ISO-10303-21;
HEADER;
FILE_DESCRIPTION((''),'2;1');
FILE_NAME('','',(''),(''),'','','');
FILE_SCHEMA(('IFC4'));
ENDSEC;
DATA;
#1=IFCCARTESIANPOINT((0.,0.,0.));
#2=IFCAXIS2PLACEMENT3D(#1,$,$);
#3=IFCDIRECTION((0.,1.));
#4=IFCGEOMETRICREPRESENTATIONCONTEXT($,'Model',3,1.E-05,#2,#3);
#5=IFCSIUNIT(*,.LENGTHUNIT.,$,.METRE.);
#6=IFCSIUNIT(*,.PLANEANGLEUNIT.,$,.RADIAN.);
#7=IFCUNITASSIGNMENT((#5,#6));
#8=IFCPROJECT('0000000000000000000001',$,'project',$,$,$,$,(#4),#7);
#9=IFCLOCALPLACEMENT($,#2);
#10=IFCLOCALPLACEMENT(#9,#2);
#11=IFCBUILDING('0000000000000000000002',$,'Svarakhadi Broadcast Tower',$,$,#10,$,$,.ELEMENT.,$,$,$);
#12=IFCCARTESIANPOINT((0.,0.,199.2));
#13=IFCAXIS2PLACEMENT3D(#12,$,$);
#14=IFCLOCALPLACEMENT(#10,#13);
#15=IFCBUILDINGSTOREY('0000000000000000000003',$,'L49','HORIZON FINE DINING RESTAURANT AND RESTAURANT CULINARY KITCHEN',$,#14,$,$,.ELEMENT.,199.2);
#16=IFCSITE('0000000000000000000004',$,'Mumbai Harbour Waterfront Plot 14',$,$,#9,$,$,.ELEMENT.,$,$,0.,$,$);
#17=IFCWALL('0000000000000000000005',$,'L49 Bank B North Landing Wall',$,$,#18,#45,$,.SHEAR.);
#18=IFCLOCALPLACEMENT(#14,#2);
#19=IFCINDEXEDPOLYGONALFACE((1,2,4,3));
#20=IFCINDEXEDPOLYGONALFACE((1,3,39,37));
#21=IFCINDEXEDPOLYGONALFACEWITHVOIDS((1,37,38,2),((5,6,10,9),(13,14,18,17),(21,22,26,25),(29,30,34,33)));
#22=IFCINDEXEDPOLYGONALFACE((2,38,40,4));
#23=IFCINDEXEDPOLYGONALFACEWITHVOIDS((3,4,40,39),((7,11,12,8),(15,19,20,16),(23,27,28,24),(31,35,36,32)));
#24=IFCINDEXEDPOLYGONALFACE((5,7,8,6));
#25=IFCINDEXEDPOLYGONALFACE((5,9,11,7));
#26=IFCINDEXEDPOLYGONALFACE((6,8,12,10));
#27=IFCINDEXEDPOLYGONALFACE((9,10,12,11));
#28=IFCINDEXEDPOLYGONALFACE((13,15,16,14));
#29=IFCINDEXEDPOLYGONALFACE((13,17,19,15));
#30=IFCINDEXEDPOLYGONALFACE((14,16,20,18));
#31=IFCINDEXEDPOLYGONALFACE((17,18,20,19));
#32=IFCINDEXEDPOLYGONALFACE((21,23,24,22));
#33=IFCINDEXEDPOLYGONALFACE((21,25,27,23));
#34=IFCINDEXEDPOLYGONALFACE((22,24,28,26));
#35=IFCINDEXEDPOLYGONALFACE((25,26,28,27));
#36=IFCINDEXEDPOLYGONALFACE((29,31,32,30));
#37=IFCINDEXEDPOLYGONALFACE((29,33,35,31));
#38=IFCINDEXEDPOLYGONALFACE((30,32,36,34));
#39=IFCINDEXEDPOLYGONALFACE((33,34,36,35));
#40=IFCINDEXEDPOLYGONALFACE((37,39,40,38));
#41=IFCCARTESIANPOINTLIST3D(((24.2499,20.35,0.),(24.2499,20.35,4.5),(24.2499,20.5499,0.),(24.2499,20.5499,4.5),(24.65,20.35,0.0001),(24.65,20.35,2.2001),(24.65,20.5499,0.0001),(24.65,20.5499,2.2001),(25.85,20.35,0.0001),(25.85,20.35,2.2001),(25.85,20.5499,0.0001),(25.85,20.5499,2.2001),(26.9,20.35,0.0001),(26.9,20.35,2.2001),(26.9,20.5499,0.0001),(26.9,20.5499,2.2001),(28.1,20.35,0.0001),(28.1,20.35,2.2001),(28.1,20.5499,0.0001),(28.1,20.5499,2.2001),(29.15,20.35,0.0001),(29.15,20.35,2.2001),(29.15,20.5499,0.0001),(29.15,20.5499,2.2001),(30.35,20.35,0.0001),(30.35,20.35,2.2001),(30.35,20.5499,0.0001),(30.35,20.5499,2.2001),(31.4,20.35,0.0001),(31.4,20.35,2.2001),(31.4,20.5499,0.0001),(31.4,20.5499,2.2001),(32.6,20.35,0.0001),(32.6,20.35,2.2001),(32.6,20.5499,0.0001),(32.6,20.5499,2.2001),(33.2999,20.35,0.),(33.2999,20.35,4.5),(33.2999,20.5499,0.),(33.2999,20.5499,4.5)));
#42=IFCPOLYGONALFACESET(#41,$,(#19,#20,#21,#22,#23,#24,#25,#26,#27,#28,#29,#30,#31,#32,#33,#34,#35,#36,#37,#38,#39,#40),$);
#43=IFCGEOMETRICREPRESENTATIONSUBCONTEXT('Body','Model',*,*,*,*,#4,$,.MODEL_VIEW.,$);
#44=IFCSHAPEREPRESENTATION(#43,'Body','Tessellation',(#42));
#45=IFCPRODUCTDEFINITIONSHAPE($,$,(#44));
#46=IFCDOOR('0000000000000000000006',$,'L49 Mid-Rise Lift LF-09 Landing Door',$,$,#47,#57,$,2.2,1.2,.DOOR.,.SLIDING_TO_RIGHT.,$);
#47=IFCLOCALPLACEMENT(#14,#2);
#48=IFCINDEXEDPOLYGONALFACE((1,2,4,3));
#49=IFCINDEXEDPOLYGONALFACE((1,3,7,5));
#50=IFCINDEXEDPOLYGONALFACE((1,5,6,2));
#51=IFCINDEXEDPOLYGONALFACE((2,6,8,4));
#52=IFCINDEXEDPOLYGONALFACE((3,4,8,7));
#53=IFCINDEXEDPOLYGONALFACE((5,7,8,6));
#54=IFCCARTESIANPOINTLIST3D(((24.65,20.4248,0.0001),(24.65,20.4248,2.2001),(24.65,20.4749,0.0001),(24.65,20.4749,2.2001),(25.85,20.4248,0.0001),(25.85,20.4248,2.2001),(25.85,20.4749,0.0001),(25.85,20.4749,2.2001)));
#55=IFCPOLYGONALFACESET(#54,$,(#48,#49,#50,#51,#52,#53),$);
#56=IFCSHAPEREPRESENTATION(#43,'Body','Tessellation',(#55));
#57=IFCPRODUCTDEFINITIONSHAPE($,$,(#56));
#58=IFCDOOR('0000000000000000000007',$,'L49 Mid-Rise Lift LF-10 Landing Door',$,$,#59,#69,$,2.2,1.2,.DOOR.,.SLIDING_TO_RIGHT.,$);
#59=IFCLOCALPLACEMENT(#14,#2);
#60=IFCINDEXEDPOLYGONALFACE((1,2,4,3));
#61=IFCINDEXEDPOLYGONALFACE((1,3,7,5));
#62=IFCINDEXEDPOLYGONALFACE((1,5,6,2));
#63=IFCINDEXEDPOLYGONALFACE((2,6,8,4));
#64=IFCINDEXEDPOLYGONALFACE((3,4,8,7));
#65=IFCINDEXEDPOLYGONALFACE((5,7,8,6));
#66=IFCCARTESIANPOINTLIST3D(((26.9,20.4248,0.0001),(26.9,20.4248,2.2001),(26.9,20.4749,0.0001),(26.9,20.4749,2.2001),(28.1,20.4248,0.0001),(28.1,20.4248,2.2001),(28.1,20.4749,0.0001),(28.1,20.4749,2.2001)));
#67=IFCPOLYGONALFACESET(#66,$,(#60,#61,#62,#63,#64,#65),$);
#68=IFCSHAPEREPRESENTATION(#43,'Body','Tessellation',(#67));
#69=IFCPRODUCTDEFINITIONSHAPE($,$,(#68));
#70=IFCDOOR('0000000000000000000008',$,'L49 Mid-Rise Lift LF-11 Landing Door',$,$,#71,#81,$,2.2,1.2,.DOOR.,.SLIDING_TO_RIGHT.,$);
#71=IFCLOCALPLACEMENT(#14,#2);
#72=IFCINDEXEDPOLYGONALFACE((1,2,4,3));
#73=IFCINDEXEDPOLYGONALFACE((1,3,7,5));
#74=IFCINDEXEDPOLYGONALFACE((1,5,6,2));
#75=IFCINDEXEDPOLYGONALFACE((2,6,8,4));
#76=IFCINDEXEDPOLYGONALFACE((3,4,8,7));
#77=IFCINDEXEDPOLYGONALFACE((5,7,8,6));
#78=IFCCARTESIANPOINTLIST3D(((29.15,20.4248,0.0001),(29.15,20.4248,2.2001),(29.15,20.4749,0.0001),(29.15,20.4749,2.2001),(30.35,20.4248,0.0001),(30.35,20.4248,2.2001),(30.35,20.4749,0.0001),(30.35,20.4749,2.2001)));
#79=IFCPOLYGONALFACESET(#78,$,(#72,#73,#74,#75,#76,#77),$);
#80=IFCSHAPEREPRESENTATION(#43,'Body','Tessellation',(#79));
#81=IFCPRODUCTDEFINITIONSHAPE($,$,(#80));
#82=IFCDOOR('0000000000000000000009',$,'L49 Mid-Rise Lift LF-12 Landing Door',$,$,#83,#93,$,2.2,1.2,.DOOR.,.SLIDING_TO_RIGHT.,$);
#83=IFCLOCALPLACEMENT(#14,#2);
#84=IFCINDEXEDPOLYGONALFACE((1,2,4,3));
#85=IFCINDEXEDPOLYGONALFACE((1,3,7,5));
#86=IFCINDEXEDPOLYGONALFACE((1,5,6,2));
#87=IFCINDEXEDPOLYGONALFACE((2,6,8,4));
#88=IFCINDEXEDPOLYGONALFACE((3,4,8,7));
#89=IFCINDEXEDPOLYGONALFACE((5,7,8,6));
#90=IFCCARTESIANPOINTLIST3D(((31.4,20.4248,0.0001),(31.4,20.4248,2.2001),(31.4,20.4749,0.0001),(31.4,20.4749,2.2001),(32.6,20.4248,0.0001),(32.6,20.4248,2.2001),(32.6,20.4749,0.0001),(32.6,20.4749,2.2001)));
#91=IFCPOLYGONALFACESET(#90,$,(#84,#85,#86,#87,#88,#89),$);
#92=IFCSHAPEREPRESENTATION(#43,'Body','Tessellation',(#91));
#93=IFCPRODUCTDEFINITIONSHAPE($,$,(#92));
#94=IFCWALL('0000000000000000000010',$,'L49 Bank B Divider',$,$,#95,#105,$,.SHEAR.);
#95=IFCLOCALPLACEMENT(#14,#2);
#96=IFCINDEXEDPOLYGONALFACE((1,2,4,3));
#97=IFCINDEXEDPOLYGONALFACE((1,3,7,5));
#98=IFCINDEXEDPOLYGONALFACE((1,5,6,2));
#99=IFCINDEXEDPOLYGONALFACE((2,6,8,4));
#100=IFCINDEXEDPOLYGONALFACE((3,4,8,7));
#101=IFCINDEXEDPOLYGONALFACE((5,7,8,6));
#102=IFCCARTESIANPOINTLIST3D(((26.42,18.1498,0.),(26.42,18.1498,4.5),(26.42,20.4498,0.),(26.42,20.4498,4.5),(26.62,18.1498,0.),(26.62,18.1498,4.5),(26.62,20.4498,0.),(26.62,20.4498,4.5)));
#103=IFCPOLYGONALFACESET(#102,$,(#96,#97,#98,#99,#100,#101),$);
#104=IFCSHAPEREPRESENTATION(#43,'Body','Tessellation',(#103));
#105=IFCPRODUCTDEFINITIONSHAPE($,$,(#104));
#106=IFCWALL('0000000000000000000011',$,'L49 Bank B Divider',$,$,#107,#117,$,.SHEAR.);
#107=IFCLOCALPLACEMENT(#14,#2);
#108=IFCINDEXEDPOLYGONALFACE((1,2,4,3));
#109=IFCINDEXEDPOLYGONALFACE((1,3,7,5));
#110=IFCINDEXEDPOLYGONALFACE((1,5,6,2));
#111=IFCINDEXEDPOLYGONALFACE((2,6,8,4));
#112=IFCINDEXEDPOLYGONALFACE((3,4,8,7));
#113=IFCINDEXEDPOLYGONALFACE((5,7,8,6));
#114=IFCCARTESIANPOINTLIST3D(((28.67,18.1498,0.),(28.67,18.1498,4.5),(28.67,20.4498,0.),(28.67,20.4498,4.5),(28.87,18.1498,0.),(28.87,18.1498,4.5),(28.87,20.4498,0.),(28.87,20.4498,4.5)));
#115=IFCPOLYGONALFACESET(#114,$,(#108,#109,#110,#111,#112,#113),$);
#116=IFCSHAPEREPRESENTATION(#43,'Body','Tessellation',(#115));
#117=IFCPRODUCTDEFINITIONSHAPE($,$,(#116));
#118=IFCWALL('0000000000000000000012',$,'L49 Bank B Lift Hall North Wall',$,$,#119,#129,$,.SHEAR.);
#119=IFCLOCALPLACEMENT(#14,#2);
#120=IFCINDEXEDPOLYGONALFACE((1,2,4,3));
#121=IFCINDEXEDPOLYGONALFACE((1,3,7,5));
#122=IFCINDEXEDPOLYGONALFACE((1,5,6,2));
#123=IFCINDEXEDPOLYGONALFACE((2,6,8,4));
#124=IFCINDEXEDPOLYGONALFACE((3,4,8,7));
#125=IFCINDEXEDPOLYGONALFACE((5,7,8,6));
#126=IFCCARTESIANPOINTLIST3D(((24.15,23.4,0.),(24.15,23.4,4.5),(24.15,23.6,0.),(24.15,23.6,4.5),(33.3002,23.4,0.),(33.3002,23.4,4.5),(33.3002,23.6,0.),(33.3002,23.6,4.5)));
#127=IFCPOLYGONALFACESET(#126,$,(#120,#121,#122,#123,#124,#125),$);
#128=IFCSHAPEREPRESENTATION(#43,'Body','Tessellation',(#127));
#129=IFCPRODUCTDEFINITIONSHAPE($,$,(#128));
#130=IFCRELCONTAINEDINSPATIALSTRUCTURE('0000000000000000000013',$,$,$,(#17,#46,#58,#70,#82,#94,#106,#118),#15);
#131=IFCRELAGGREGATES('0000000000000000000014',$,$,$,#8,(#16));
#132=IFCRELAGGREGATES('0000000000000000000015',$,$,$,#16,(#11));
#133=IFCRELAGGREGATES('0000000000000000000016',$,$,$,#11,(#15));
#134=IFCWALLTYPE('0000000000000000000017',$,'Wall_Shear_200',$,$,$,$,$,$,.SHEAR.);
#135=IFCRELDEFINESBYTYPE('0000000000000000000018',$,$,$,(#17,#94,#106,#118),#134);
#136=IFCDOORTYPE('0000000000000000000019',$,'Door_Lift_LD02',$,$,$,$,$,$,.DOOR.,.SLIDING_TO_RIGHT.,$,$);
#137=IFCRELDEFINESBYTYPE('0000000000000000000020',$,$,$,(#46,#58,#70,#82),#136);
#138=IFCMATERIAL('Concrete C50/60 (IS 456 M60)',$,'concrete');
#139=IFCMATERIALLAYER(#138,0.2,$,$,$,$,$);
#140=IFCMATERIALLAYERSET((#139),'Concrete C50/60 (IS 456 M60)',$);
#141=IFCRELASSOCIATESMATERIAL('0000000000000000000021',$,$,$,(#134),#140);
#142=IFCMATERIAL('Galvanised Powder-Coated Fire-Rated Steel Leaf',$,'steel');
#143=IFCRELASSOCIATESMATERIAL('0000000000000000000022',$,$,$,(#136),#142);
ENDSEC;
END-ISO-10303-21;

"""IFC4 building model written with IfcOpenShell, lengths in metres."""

from ifc_helpers import new_model, si_unit, direction, frame, frame_2d, origin, place, context, subcontext, project, spatial, rectangle, extrude, material, layer, layer_set, type_object, element, fill, save


model = new_model("IFC4")

# Units and contexts
model_context = context("Model", 3, precision=1e-05, world=origin(), true_north=direction((0.0, 1.0)))
body_context = subcontext(model_context, "Body", "Model", "MODEL_VIEW")
ifc_project = project(units=[si_unit("LENGTHUNIT", "METRE"), si_unit("PLANEANGLEUNIT", "RADIAN")], contexts=[model_context])

# Site, building, storey
site_placement = place(None, origin())
site = spatial("IfcSite", under=ifc_project, at=site_placement, Name="Mumbai Harbour Waterfront Plot 14", CompositionType="ELEMENT", RefElevation=0.0)
building_placement = place(site_placement, origin())
building = spatial("IfcBuilding", under=site, at=building_placement, Name="Svarakhadi Broadcast Tower", CompositionType="ELEMENT")
storey_placement = place(building_placement, frame((0.0, 0.0, 199.2)))
storey = spatial("IfcBuildingStorey", under=building, at=storey_placement, Name="L49", Description="HORIZON FINE DINING RESTAURANT AND RESTAURANT CULINARY KITCHEN", CompositionType="ELEMENT", Elevation=199.2)

# Shared definitions
ifc_material_1 = material(Name="Concrete C50/60 (IS 456 M60)", Category="concrete")
ifc_layer_1 = layer(ifc_material_1, 0.2)
ifc_layer_set_1 = layer_set([ifc_layer_1], Name="Concrete C50/60 (IS 456 M60)")
wall_type_1 = type_object("IfcWallType", Name="Wall_Shear_200", PredefinedType="SHEAR", material=ifc_layer_set_1)

# Wall, openings, doors
wall_1_placement = place(storey_placement, frame((24.25, 20.45, 0.0), z_axis=(0.0, 0.0, 1.0), x_axis=(1.0, 0.0, 0.0)))
wall_1 = element("IfcWall", 1, at=wall_1_placement, inside=storey, type_object=wall_type_1, Name="L49 Bank B North Landing Wall", PredefinedType="SHEAR", context=body_context, shape_type="SweptSolid", body=[
    extrude(rectangle(XDim=9.05, YDim=0.2, at=frame_2d((4.5249, 0.0))), origin(), (0.0, 0.0, 1.0), 4.5),
])
opening_1_placement = place(wall_1_placement, frame((0.3999, 0.0, 0.0)))
opening_1 = element("IfcOpeningElement", 2, at=opening_1_placement, cuts=wall_1, PredefinedType="OPENING", context=body_context, shape_type="SweptSolid", body=[
    extrude(rectangle(XDim=1.2, YDim=2.2, at=frame_2d((0.6001, 1.1001))), frame((0.0, 0.1099, 0.0), z_axis=(0.0, -1.0, 0.0), x_axis=(1.0, 0.0, 0.0)), (0.0, 0.0, 1.0), 0.22),
])
opening_2_placement = place(wall_1_placement, frame((2.6499, 0.0, 0.0)))
opening_2 = element("IfcOpeningElement", 3, at=opening_2_placement, cuts=wall_1, PredefinedType="OPENING", context=body_context, shape_type="SweptSolid", body=[
    extrude(rectangle(XDim=1.2, YDim=2.2, at=frame_2d((0.6001, 1.1001))), frame((0.0, 0.1099, 0.0), z_axis=(0.0, -1.0, 0.0), x_axis=(1.0, 0.0, 0.0)), (0.0, 0.0, 1.0), 0.22),
])
opening_3_placement = place(wall_1_placement, frame((4.8999, 0.0, 0.0)))
opening_3 = element("IfcOpeningElement", 4, at=opening_3_placement, cuts=wall_1, PredefinedType="OPENING", context=body_context, shape_type="SweptSolid", body=[
    extrude(rectangle(XDim=1.2, YDim=2.2, at=frame_2d((0.6001, 1.1001))), frame((0.0, 0.1099, 0.0), z_axis=(0.0, -1.0, 0.0), x_axis=(1.0, 0.0, 0.0)), (0.0, 0.0, 1.0), 0.22),
])
opening_4_placement = place(wall_1_placement, frame((7.1499, 0.0, 0.0)))
opening_4 = element("IfcOpeningElement", 5, at=opening_4_placement, cuts=wall_1, PredefinedType="OPENING", context=body_context, shape_type="SweptSolid", body=[
    extrude(rectangle(XDim=1.2, YDim=2.2, at=frame_2d((0.6001, 1.1001))), frame((0.0, 0.1099, 0.0), z_axis=(0.0, -1.0, 0.0), x_axis=(1.0, 0.0, 0.0)), (0.0, 0.0, 1.0), 0.22),
])
ifc_material_2 = material(Name="Galvanised Powder-Coated Fire-Rated Steel Leaf", Category="steel")
door_type_1 = type_object("IfcDoorType", Name="Door_Lift_LD02", OperationType="SLIDING_TO_RIGHT", PredefinedType="DOOR", material=ifc_material_2)
door_1_placement = place(opening_1_placement, origin())
door_1 = element("IfcDoor", 6, at=door_1_placement, inside=storey, type_object=door_type_1, Name="L49 Mid-Rise Lift LF-09 Landing Door", OperationType="SLIDING_TO_RIGHT", OverallHeight=2.2, OverallWidth=1.2, PredefinedType="DOOR", context=body_context, shape_type="SweptSolid", body=[
    extrude(rectangle(XDim=1.2, YDim=2.2, at=frame_2d((0.6001, 1.1001))), frame((0.0, 0.0249, 0.0), z_axis=(0.0, -1.0, 0.0), x_axis=(1.0, 0.0, 0.0)), (0.0, 0.0, 1.0), 0.05),
])
fill(opening_1, door_1)
door_2_placement = place(opening_2_placement, origin())
door_2 = element("IfcDoor", 7, at=door_2_placement, inside=storey, type_object=door_type_1, Name="L49 Mid-Rise Lift LF-10 Landing Door", OperationType="SLIDING_TO_RIGHT", OverallHeight=2.2, OverallWidth=1.2, PredefinedType="DOOR", context=body_context, shape_type="SweptSolid", body=[
    extrude(rectangle(XDim=1.2, YDim=2.2, at=frame_2d((0.6001, 1.1001))), frame((0.0, 0.0249, 0.0), z_axis=(0.0, -1.0, 0.0), x_axis=(1.0, 0.0, 0.0)), (0.0, 0.0, 1.0), 0.05),
])
fill(opening_2, door_2)
door_3_placement = place(opening_3_placement, origin())
door_3 = element("IfcDoor", 8, at=door_3_placement, inside=storey, type_object=door_type_1, Name="L49 Mid-Rise Lift LF-11 Landing Door", OperationType="SLIDING_TO_RIGHT", OverallHeight=2.2, OverallWidth=1.2, PredefinedType="DOOR", context=body_context, shape_type="SweptSolid", body=[
    extrude(rectangle(XDim=1.2, YDim=2.2, at=frame_2d((0.6001, 1.1001))), frame((0.0, 0.0249, 0.0), z_axis=(0.0, -1.0, 0.0), x_axis=(1.0, 0.0, 0.0)), (0.0, 0.0, 1.0), 0.05),
])
fill(opening_3, door_3)
door_4_placement = place(opening_4_placement, origin())
door_4 = element("IfcDoor", 9, at=door_4_placement, inside=storey, type_object=door_type_1, Name="L49 Mid-Rise Lift LF-12 Landing Door", OperationType="SLIDING_TO_RIGHT", OverallHeight=2.2, OverallWidth=1.2, PredefinedType="DOOR", context=body_context, shape_type="SweptSolid", body=[
    extrude(rectangle(XDim=1.2, YDim=2.2, at=frame_2d((0.6001, 1.1001))), frame((0.0, 0.0249, 0.0), z_axis=(0.0, -1.0, 0.0), x_axis=(1.0, 0.0, 0.0)), (0.0, 0.0, 1.0), 0.05),
])
fill(opening_4, door_4)

# Walls
for number, where, z_axis, x_axis, name in (
    (10, (26.52, 18.1499, 0.0), (0.0, 0.0, 1.0), (0.0, 1.0, 0.0), "L49 Bank B Divider"),
    (11, (28.77, 18.1499, 0.0), (0.0, 0.0, 1.0), (0.0, 1.0, 0.0), "L49 Bank B Divider"),
):
    element("IfcWall", number, at=place(storey_placement, frame(where, z_axis=z_axis, x_axis=x_axis)), inside=storey, type_object=wall_type_1, Name=name, PredefinedType="SHEAR", context=body_context, shape_type="SweptSolid", body=[
        extrude(rectangle(XDim=2.3, YDim=0.2, at=frame_2d((1.1499, 0.0))), origin(), (0.0, 0.0, 1.0), 4.5),
    ])
wall_2_placement = place(storey_placement, frame((24.1499, 23.5, 0.0), z_axis=(0.0, 0.0, 1.0), x_axis=(1.0, 0.0, 0.0)))
element("IfcWall", 12, at=wall_2_placement, inside=storey, type_object=wall_type_1, Name="L49 Bank B Lift Hall North Wall", PredefinedType="SHEAR", context=body_context, shape_type="SweptSolid", body=[
    extrude(rectangle(XDim=9.1501, YDim=0.2, at=frame_2d((4.5752, 0.0))), origin(), (0.0, 0.0, 1.0), 4.5),
])

save(model, "model.ifc")
